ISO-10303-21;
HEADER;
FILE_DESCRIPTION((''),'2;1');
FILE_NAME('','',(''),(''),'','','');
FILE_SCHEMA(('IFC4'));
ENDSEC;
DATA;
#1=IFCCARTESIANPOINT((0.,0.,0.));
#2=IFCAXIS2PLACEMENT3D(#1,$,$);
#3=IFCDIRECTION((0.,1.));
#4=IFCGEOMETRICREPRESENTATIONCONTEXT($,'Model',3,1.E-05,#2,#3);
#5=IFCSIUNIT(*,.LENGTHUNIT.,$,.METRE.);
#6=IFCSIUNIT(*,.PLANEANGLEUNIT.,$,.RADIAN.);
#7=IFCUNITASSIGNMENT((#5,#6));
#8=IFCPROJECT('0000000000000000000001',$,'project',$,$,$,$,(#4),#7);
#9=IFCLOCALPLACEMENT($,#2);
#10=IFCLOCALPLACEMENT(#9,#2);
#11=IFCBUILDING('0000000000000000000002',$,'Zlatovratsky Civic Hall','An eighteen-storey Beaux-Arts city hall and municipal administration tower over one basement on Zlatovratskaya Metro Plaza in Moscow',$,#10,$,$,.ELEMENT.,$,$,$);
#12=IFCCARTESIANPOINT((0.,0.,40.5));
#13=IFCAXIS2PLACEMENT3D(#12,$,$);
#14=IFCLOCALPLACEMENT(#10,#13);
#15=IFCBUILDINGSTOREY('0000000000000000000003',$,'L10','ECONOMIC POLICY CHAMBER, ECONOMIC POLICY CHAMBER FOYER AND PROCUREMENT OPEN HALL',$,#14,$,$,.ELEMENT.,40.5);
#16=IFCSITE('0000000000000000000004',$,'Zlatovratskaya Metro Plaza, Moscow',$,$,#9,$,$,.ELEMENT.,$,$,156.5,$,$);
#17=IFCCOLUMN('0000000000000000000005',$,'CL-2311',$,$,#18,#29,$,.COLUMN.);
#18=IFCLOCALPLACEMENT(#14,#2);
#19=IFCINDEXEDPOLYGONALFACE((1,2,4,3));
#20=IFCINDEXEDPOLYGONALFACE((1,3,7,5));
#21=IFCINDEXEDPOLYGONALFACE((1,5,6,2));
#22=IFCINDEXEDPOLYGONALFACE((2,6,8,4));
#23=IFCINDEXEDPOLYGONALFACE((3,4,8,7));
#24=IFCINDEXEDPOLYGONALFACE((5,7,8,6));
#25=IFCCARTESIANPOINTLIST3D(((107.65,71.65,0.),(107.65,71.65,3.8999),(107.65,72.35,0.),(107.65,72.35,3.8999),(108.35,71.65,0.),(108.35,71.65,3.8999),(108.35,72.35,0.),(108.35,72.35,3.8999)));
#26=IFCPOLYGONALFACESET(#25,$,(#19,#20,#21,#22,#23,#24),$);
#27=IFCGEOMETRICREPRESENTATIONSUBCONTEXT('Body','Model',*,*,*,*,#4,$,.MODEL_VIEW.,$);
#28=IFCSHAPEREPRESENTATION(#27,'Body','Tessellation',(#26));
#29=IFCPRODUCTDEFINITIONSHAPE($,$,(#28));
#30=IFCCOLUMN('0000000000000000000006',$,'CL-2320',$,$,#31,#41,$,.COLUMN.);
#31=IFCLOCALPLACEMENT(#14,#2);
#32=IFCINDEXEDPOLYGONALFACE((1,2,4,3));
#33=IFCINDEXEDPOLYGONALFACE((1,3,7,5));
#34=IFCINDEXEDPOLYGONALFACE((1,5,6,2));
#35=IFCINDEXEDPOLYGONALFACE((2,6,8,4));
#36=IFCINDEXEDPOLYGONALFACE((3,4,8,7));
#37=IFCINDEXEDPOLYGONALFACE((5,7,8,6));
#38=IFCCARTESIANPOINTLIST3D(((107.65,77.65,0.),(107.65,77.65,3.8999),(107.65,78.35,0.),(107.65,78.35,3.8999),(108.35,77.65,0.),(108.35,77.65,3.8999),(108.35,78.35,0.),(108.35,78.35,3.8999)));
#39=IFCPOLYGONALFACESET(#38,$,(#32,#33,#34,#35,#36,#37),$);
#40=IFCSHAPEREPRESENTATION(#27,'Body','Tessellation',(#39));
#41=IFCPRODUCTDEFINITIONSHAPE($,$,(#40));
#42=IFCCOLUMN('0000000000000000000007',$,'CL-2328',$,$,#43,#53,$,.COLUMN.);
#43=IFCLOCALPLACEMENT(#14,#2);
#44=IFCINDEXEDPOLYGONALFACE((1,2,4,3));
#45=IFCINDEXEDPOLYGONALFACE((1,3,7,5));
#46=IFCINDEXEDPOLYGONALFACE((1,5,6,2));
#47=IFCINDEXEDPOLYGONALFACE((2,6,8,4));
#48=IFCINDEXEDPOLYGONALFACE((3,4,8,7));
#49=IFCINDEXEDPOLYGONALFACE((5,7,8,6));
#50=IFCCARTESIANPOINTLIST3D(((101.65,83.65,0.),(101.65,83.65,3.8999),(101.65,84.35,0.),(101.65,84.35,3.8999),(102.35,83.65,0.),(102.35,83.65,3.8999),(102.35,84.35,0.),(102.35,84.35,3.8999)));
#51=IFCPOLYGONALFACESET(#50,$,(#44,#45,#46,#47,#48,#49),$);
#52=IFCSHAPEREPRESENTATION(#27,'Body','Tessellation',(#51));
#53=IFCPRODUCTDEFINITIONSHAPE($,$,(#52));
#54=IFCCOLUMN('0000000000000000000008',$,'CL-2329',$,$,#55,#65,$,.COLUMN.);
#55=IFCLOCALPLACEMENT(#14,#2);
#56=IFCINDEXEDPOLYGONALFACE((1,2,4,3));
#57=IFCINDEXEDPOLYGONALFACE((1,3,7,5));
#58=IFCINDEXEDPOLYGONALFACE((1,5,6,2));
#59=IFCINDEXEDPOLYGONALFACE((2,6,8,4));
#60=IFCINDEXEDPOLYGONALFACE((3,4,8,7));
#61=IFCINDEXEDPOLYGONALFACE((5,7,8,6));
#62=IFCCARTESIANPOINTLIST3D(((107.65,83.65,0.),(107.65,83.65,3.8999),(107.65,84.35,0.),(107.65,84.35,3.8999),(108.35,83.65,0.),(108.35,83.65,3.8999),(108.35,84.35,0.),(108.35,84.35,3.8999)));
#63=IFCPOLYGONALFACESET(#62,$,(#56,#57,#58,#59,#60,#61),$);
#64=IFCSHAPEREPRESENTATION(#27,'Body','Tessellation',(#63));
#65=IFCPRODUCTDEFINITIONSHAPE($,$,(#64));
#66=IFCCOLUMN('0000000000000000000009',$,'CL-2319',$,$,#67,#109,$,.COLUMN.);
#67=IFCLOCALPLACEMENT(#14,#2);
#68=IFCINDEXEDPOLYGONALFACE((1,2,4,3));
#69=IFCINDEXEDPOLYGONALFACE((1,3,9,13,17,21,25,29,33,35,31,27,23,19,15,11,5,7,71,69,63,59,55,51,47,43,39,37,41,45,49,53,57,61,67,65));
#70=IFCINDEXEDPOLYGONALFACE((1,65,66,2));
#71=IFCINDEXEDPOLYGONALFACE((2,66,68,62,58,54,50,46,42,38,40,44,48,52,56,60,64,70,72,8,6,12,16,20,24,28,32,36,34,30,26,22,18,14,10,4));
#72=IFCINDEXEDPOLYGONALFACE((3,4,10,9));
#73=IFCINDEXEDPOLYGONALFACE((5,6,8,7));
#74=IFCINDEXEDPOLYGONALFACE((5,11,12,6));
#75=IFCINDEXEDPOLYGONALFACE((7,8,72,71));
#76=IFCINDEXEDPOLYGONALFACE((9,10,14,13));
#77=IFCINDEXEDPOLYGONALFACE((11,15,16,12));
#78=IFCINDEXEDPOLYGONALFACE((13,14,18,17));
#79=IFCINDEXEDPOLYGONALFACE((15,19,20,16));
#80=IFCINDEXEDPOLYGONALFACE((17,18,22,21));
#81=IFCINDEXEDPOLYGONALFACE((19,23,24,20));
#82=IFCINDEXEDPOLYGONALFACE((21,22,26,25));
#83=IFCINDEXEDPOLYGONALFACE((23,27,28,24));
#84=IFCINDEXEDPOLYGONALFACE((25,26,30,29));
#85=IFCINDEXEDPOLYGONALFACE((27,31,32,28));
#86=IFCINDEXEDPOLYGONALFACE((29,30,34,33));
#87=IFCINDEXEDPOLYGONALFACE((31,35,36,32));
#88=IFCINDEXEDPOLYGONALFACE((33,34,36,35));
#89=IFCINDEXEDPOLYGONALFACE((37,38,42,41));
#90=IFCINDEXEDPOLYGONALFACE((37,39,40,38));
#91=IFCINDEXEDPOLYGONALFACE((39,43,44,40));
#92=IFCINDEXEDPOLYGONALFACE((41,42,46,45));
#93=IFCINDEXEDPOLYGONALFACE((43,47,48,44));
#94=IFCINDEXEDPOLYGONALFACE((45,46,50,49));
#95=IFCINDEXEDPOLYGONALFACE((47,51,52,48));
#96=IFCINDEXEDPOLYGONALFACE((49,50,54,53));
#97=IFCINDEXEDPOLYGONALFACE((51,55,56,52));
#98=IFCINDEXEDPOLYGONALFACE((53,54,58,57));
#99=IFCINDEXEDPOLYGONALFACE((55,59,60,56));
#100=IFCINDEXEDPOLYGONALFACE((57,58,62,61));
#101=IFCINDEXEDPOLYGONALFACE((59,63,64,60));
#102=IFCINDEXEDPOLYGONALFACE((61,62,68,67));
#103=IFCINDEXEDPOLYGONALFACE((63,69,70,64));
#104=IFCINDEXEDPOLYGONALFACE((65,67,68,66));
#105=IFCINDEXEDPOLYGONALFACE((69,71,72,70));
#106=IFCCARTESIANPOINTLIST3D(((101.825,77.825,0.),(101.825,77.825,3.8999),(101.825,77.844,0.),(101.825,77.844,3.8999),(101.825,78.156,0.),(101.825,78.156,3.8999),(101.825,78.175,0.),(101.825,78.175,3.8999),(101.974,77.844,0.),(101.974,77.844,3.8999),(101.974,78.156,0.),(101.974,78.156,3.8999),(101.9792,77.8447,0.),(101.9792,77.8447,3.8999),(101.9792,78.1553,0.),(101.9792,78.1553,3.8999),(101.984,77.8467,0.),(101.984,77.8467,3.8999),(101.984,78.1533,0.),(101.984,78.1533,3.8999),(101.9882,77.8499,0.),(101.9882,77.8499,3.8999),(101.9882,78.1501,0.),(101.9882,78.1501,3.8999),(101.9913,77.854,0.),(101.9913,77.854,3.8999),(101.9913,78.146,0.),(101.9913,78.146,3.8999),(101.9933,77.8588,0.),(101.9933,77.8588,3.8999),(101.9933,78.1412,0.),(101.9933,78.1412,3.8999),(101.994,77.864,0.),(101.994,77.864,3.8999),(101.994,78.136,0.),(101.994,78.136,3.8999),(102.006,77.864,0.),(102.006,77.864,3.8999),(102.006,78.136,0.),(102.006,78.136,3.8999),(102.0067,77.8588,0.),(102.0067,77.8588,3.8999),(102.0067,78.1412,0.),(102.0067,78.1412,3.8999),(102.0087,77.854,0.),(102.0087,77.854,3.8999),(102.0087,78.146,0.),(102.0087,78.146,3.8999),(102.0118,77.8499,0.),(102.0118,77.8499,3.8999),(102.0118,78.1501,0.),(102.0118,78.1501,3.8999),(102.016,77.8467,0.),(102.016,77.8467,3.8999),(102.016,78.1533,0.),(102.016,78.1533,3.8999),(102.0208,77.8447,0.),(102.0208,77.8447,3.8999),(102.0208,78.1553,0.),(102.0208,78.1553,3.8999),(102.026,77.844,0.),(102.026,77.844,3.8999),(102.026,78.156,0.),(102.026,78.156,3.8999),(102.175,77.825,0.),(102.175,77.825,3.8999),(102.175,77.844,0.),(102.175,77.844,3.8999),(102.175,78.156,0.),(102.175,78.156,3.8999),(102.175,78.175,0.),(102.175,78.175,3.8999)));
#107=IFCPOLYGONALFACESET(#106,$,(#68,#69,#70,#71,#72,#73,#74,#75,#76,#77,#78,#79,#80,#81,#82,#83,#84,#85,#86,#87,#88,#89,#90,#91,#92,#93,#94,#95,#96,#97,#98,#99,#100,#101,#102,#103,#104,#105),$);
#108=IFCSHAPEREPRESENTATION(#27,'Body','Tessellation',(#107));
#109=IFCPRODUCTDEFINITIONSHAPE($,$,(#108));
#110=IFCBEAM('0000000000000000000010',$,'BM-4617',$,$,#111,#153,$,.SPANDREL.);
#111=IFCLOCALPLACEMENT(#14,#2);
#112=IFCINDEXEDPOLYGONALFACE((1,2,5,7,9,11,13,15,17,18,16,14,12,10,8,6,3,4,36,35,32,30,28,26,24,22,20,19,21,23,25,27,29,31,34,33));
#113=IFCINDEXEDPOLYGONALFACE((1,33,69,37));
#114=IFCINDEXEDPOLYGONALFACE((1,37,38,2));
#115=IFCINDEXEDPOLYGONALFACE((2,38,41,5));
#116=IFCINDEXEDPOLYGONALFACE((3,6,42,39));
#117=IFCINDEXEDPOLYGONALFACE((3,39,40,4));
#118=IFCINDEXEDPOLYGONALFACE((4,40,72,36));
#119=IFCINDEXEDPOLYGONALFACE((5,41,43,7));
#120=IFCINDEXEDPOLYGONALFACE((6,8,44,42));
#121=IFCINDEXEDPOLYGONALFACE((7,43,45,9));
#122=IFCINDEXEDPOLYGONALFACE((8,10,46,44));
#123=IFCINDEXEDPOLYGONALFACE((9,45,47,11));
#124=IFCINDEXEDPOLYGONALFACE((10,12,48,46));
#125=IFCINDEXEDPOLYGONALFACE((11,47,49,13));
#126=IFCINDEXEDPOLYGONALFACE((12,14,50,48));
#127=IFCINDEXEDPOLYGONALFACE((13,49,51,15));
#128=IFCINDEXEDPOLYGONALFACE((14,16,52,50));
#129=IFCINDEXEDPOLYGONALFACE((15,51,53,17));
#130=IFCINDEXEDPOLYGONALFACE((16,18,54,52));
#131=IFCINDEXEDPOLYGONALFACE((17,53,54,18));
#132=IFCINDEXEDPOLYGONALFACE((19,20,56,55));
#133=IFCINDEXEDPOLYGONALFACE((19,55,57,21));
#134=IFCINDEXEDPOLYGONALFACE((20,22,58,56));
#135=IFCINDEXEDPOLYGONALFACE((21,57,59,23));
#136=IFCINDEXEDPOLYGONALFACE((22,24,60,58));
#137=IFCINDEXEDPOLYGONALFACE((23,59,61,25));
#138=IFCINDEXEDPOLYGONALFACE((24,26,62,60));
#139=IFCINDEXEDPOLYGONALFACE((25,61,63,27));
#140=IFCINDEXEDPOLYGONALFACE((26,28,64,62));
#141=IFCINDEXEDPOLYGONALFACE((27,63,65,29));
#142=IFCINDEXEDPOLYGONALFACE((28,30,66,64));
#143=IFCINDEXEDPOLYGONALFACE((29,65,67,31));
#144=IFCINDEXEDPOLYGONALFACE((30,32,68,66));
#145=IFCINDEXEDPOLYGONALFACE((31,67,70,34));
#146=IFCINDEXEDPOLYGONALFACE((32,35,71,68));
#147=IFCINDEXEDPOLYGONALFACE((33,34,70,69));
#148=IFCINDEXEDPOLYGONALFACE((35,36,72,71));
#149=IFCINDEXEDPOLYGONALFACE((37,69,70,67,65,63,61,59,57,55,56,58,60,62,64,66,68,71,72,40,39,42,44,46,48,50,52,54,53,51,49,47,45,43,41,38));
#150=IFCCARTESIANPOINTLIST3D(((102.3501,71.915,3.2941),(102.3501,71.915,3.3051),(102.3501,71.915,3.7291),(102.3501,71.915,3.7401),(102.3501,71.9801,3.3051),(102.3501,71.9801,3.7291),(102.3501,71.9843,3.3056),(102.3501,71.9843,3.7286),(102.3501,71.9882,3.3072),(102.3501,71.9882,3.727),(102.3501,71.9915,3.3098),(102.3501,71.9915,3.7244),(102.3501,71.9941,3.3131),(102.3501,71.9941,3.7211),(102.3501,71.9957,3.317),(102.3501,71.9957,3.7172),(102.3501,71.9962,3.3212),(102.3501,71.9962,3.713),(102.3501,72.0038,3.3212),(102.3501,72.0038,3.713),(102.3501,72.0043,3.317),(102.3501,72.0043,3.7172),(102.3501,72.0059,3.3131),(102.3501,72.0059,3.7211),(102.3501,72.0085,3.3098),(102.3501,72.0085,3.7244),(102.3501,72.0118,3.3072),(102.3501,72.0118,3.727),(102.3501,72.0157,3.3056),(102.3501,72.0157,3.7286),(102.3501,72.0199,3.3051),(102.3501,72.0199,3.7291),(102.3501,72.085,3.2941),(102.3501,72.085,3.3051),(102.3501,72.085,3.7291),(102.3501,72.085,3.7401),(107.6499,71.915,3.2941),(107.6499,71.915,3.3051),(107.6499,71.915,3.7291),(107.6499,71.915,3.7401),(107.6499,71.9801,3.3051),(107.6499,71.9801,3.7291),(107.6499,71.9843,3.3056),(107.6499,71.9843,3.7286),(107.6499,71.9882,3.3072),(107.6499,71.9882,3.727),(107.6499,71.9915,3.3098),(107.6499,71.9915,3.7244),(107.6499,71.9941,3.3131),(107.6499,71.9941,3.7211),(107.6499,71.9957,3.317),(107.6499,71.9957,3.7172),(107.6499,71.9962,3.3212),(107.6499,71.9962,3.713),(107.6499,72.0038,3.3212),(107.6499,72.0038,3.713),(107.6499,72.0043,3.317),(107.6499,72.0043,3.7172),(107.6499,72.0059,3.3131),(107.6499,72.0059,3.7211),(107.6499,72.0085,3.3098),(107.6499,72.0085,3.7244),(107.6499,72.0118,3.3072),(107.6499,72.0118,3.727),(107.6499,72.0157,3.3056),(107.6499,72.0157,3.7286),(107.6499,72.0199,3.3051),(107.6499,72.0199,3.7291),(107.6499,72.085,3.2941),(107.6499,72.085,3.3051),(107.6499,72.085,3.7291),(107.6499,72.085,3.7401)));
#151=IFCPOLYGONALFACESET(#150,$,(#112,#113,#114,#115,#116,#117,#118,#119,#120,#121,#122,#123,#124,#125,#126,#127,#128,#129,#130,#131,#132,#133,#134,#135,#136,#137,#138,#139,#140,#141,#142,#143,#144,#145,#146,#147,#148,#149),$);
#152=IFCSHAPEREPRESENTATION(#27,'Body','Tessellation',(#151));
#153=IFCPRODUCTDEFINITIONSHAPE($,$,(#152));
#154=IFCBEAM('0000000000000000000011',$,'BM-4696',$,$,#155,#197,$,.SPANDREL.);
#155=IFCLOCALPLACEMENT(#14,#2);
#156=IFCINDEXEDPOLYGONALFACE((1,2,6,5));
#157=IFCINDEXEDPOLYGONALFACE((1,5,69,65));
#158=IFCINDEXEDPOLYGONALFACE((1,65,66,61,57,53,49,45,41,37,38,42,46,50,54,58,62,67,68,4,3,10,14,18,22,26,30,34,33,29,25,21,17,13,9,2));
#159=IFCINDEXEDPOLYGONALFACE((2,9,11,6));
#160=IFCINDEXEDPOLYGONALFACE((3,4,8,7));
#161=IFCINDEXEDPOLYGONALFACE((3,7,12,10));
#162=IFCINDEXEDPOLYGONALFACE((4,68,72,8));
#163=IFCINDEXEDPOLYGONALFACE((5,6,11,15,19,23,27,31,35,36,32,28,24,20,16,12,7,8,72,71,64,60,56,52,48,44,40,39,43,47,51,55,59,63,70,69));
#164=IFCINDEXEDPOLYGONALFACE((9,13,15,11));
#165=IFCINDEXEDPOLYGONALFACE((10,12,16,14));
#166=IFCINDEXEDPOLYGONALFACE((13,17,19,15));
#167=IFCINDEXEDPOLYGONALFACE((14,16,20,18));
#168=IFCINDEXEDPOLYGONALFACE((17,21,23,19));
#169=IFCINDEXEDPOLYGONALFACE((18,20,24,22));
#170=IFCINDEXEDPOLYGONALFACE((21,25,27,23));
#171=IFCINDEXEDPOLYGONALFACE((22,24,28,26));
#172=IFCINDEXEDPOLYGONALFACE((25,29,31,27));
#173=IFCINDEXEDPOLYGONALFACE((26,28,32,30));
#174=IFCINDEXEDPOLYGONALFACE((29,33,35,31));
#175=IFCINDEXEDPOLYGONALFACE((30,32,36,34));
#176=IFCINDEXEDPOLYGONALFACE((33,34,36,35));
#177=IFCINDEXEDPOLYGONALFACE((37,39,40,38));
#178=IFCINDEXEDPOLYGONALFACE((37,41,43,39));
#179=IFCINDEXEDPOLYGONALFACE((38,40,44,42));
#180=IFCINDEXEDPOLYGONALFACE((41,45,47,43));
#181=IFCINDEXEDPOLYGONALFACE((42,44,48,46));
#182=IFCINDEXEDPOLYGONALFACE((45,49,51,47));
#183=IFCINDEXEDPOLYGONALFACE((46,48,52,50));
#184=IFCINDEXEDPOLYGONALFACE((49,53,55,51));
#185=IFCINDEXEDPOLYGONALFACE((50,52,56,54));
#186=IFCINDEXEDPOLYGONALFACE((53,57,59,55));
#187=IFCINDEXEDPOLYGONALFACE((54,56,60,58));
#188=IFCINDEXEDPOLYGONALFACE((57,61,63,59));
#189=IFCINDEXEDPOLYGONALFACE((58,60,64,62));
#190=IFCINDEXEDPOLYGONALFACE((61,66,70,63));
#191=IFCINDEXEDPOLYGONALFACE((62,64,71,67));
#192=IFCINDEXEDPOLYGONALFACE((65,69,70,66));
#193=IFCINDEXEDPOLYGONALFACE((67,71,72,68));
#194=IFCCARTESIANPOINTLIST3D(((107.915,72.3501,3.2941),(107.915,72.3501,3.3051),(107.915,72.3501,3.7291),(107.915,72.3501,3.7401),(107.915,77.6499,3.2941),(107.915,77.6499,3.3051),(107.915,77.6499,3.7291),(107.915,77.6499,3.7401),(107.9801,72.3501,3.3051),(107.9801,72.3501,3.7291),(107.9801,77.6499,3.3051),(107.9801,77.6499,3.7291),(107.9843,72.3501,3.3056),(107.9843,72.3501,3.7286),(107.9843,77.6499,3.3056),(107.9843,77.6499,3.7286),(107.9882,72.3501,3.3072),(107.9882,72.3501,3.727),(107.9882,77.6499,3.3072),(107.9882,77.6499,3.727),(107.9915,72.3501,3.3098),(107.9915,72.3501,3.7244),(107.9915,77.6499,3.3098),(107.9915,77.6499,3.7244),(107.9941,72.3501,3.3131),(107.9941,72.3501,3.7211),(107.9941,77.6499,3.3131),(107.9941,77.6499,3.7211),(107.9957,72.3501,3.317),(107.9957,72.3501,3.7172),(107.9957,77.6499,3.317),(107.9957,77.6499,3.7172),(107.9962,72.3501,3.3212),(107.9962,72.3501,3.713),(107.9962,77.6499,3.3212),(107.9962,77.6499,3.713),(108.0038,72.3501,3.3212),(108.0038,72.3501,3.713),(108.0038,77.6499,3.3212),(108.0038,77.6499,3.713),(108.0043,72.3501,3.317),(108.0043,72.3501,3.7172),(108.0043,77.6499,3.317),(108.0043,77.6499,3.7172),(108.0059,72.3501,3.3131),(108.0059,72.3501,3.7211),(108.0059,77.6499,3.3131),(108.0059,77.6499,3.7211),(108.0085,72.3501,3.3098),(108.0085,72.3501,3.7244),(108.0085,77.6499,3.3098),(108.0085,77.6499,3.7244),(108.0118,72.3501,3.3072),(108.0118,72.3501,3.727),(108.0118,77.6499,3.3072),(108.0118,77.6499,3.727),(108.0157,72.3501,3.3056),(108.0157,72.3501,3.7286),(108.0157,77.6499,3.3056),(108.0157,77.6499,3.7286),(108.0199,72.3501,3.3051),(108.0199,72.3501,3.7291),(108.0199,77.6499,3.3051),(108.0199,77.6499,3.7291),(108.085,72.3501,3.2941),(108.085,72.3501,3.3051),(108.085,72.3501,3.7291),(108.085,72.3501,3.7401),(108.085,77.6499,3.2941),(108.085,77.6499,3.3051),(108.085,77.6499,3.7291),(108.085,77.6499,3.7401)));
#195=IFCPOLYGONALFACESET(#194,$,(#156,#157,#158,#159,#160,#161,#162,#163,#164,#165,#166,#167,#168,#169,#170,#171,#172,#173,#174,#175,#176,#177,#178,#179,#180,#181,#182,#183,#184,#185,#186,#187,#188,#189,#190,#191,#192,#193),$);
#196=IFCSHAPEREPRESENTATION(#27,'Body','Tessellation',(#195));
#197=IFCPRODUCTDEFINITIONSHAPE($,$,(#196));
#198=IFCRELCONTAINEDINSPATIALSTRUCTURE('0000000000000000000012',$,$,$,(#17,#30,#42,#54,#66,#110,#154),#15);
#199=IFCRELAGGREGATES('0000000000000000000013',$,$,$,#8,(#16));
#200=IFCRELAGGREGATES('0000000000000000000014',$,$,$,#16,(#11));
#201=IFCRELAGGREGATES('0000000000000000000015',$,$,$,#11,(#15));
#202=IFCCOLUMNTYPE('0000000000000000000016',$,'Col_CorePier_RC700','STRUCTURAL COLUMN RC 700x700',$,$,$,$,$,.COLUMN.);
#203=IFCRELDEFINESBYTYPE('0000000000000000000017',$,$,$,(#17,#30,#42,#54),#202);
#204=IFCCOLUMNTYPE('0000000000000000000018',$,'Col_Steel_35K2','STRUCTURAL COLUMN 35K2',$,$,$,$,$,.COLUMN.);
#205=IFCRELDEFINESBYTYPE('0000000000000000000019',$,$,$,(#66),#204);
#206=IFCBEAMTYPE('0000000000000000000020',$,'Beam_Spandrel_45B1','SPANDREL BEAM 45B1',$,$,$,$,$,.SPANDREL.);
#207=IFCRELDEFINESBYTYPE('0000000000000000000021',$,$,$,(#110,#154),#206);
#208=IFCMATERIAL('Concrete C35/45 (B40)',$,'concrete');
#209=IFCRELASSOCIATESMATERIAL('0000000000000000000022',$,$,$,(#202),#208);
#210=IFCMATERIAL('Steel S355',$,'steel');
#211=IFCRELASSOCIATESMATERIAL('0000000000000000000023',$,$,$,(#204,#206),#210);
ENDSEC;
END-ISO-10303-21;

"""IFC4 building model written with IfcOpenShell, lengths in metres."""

from ifc_helpers import new_model, si_unit, direction, frame, origin, origin_2d, place, context, subcontext, project, spatial, rectangle, i_section, extrude, material, material_profile, profile_set, type_object, element, save


model = new_model("IFC4")

# Units and contexts
model_context = context("Model", 3, precision=1e-05, world=origin(), true_north=direction((0.0, 1.0)))
body_context = subcontext(model_context, "Body", "Model", "MODEL_VIEW")
ifc_project = project(units=[si_unit("LENGTHUNIT", "METRE"), si_unit("PLANEANGLEUNIT", "RADIAN")], contexts=[model_context])

# Site, building, storey
site_placement = place(None, origin())
site = spatial("IfcSite", under=ifc_project, at=site_placement, Name="Zlatovratskaya Metro Plaza, Moscow", CompositionType="ELEMENT", RefElevation=156.5)
building_placement = place(site_placement, origin())
building = spatial("IfcBuilding", under=site, at=building_placement, Name="Zlatovratsky Civic Hall", Description="An eighteen-storey Beaux-Arts city hall and municipal administration tower over one basement on Zlatovratskaya Metro Plaza in Moscow", CompositionType="ELEMENT")
storey_placement = place(building_placement, frame((0.0, 0.0, 40.5)))
storey = spatial("IfcBuildingStorey", under=building, at=storey_placement, Name="L10", Description="ECONOMIC POLICY CHAMBER, ECONOMIC POLICY CHAMBER FOYER AND PROCUREMENT OPEN HALL", CompositionType="ELEMENT", Elevation=40.5)

# Columns
ifc_material_1 = material(Name="Concrete C35/45 (B40)", Category="concrete")
ifc_material_profile_1 = material_profile(ifc_material_1, rectangle(XDim=0.7, YDim=0.7, at=origin_2d()), Name="RC 700x700")
ifc_profile_set_1 = profile_set([ifc_material_profile_1], Name="Concrete C35/45 (B40)")
column_type_1 = type_object("IfcColumnType", Name="Col_CorePier_RC700", Description="STRUCTURAL COLUMN RC 700x700", PredefinedType="COLUMN", material=ifc_profile_set_1)
for number, where, z_axis, x_axis, name in (
    (1, (108.0, 72.0, 0.0), (0.0, 0.0, 1.0), (1.0, 0.0, 0.0), "CL-2311"),
    (2, (108.0, 78.0, 0.0), (0.0, 0.0, 1.0), (1.0, 0.0, 0.0), "CL-2320"),
    (3, (102.0, 84.0, 0.0), (0.0, 0.0, 1.0), (1.0, 0.0, 0.0), "CL-2328"),
    (4, (108.0, 84.0, 0.0), (0.0, 0.0, 1.0), (1.0, 0.0, 0.0), "CL-2329"),
):
    element("IfcColumn", number, at=place(storey_placement, frame(where, z_axis=z_axis, x_axis=x_axis)), inside=storey, type_object=column_type_1, Name=name, PredefinedType="COLUMN", context=body_context, shape_type="SweptSolid", body=[
        extrude(rectangle(XDim=0.7, YDim=0.7, at=origin_2d()), origin(), (0.0, 0.0, 1.0), 3.8999),
    ])
ifc_material_2 = material(Name="Steel S355", Category="steel")
ifc_material_profile_2 = material_profile(ifc_material_2, i_section(OverallWidth=0.3501, OverallDepth=0.3501, WebThickness=0.012, FlangeThickness=0.019, FilletRadius=0.02, at=origin_2d()), Name="35K2")
ifc_profile_set_2 = profile_set([ifc_material_profile_2], Name="Steel S355")
column_type_2 = type_object("IfcColumnType", Name="Col_Steel_35K2", Description="STRUCTURAL COLUMN 35K2", PredefinedType="COLUMN", material=ifc_profile_set_2)
column_placement = place(storey_placement, frame((102.0, 78.0, 0.0), z_axis=(0.0, 0.0, 1.0), x_axis=(1.0, 0.0, 0.0)))
element("IfcColumn", 5, at=column_placement, inside=storey, type_object=column_type_2, Name="CL-2319", PredefinedType="COLUMN", context=body_context, shape_type="SweptSolid", body=[
    extrude(i_section(OverallWidth=0.3501, OverallDepth=0.3501, WebThickness=0.012, FlangeThickness=0.019, FilletRadius=0.02, at=origin_2d()), origin(), (0.0, 0.0, 1.0), 3.8999),
])

# Beams
ifc_material_profile_3 = material_profile(ifc_material_2, i_section(OverallWidth=0.1699, OverallDepth=0.446, WebThickness=0.0076, FlangeThickness=0.011, FilletRadius=0.0161, at=origin_2d()), Name="45B1")
ifc_profile_set_3 = profile_set([ifc_material_profile_3], Name="Steel S355")
beam_type_1 = type_object("IfcBeamType", Name="Beam_Spandrel_45B1", Description="SPANDREL BEAM 45B1", PredefinedType="SPANDREL", material=ifc_profile_set_3)
for number, where, z_axis, x_axis, name in (
    (6, (102.3501, 72.0, 3.5171), (1.0, 0.0, 0.0), (0.0, 1.0, 0.0), "BM-4617"),
    (7, (108.0, 72.3501, 3.5171), (0.0, 1.0, 0.0), (-1.0, 0.0, 0.0), "BM-4696"),
):
    element("IfcBeam", number, at=place(storey_placement, frame(where, z_axis=z_axis, x_axis=x_axis)), inside=storey, type_object=beam_type_1, Name=name, PredefinedType="SPANDREL", context=body_context, shape_type="SweptSolid", body=[
        extrude(i_section(OverallWidth=0.1699, OverallDepth=0.446, WebThickness=0.0076, FlangeThickness=0.011, FilletRadius=0.0161, at=origin_2d()), origin(), (0.0, 0.0, 1.0), 5.2998),
    ])

save(model, "model.ifc")
